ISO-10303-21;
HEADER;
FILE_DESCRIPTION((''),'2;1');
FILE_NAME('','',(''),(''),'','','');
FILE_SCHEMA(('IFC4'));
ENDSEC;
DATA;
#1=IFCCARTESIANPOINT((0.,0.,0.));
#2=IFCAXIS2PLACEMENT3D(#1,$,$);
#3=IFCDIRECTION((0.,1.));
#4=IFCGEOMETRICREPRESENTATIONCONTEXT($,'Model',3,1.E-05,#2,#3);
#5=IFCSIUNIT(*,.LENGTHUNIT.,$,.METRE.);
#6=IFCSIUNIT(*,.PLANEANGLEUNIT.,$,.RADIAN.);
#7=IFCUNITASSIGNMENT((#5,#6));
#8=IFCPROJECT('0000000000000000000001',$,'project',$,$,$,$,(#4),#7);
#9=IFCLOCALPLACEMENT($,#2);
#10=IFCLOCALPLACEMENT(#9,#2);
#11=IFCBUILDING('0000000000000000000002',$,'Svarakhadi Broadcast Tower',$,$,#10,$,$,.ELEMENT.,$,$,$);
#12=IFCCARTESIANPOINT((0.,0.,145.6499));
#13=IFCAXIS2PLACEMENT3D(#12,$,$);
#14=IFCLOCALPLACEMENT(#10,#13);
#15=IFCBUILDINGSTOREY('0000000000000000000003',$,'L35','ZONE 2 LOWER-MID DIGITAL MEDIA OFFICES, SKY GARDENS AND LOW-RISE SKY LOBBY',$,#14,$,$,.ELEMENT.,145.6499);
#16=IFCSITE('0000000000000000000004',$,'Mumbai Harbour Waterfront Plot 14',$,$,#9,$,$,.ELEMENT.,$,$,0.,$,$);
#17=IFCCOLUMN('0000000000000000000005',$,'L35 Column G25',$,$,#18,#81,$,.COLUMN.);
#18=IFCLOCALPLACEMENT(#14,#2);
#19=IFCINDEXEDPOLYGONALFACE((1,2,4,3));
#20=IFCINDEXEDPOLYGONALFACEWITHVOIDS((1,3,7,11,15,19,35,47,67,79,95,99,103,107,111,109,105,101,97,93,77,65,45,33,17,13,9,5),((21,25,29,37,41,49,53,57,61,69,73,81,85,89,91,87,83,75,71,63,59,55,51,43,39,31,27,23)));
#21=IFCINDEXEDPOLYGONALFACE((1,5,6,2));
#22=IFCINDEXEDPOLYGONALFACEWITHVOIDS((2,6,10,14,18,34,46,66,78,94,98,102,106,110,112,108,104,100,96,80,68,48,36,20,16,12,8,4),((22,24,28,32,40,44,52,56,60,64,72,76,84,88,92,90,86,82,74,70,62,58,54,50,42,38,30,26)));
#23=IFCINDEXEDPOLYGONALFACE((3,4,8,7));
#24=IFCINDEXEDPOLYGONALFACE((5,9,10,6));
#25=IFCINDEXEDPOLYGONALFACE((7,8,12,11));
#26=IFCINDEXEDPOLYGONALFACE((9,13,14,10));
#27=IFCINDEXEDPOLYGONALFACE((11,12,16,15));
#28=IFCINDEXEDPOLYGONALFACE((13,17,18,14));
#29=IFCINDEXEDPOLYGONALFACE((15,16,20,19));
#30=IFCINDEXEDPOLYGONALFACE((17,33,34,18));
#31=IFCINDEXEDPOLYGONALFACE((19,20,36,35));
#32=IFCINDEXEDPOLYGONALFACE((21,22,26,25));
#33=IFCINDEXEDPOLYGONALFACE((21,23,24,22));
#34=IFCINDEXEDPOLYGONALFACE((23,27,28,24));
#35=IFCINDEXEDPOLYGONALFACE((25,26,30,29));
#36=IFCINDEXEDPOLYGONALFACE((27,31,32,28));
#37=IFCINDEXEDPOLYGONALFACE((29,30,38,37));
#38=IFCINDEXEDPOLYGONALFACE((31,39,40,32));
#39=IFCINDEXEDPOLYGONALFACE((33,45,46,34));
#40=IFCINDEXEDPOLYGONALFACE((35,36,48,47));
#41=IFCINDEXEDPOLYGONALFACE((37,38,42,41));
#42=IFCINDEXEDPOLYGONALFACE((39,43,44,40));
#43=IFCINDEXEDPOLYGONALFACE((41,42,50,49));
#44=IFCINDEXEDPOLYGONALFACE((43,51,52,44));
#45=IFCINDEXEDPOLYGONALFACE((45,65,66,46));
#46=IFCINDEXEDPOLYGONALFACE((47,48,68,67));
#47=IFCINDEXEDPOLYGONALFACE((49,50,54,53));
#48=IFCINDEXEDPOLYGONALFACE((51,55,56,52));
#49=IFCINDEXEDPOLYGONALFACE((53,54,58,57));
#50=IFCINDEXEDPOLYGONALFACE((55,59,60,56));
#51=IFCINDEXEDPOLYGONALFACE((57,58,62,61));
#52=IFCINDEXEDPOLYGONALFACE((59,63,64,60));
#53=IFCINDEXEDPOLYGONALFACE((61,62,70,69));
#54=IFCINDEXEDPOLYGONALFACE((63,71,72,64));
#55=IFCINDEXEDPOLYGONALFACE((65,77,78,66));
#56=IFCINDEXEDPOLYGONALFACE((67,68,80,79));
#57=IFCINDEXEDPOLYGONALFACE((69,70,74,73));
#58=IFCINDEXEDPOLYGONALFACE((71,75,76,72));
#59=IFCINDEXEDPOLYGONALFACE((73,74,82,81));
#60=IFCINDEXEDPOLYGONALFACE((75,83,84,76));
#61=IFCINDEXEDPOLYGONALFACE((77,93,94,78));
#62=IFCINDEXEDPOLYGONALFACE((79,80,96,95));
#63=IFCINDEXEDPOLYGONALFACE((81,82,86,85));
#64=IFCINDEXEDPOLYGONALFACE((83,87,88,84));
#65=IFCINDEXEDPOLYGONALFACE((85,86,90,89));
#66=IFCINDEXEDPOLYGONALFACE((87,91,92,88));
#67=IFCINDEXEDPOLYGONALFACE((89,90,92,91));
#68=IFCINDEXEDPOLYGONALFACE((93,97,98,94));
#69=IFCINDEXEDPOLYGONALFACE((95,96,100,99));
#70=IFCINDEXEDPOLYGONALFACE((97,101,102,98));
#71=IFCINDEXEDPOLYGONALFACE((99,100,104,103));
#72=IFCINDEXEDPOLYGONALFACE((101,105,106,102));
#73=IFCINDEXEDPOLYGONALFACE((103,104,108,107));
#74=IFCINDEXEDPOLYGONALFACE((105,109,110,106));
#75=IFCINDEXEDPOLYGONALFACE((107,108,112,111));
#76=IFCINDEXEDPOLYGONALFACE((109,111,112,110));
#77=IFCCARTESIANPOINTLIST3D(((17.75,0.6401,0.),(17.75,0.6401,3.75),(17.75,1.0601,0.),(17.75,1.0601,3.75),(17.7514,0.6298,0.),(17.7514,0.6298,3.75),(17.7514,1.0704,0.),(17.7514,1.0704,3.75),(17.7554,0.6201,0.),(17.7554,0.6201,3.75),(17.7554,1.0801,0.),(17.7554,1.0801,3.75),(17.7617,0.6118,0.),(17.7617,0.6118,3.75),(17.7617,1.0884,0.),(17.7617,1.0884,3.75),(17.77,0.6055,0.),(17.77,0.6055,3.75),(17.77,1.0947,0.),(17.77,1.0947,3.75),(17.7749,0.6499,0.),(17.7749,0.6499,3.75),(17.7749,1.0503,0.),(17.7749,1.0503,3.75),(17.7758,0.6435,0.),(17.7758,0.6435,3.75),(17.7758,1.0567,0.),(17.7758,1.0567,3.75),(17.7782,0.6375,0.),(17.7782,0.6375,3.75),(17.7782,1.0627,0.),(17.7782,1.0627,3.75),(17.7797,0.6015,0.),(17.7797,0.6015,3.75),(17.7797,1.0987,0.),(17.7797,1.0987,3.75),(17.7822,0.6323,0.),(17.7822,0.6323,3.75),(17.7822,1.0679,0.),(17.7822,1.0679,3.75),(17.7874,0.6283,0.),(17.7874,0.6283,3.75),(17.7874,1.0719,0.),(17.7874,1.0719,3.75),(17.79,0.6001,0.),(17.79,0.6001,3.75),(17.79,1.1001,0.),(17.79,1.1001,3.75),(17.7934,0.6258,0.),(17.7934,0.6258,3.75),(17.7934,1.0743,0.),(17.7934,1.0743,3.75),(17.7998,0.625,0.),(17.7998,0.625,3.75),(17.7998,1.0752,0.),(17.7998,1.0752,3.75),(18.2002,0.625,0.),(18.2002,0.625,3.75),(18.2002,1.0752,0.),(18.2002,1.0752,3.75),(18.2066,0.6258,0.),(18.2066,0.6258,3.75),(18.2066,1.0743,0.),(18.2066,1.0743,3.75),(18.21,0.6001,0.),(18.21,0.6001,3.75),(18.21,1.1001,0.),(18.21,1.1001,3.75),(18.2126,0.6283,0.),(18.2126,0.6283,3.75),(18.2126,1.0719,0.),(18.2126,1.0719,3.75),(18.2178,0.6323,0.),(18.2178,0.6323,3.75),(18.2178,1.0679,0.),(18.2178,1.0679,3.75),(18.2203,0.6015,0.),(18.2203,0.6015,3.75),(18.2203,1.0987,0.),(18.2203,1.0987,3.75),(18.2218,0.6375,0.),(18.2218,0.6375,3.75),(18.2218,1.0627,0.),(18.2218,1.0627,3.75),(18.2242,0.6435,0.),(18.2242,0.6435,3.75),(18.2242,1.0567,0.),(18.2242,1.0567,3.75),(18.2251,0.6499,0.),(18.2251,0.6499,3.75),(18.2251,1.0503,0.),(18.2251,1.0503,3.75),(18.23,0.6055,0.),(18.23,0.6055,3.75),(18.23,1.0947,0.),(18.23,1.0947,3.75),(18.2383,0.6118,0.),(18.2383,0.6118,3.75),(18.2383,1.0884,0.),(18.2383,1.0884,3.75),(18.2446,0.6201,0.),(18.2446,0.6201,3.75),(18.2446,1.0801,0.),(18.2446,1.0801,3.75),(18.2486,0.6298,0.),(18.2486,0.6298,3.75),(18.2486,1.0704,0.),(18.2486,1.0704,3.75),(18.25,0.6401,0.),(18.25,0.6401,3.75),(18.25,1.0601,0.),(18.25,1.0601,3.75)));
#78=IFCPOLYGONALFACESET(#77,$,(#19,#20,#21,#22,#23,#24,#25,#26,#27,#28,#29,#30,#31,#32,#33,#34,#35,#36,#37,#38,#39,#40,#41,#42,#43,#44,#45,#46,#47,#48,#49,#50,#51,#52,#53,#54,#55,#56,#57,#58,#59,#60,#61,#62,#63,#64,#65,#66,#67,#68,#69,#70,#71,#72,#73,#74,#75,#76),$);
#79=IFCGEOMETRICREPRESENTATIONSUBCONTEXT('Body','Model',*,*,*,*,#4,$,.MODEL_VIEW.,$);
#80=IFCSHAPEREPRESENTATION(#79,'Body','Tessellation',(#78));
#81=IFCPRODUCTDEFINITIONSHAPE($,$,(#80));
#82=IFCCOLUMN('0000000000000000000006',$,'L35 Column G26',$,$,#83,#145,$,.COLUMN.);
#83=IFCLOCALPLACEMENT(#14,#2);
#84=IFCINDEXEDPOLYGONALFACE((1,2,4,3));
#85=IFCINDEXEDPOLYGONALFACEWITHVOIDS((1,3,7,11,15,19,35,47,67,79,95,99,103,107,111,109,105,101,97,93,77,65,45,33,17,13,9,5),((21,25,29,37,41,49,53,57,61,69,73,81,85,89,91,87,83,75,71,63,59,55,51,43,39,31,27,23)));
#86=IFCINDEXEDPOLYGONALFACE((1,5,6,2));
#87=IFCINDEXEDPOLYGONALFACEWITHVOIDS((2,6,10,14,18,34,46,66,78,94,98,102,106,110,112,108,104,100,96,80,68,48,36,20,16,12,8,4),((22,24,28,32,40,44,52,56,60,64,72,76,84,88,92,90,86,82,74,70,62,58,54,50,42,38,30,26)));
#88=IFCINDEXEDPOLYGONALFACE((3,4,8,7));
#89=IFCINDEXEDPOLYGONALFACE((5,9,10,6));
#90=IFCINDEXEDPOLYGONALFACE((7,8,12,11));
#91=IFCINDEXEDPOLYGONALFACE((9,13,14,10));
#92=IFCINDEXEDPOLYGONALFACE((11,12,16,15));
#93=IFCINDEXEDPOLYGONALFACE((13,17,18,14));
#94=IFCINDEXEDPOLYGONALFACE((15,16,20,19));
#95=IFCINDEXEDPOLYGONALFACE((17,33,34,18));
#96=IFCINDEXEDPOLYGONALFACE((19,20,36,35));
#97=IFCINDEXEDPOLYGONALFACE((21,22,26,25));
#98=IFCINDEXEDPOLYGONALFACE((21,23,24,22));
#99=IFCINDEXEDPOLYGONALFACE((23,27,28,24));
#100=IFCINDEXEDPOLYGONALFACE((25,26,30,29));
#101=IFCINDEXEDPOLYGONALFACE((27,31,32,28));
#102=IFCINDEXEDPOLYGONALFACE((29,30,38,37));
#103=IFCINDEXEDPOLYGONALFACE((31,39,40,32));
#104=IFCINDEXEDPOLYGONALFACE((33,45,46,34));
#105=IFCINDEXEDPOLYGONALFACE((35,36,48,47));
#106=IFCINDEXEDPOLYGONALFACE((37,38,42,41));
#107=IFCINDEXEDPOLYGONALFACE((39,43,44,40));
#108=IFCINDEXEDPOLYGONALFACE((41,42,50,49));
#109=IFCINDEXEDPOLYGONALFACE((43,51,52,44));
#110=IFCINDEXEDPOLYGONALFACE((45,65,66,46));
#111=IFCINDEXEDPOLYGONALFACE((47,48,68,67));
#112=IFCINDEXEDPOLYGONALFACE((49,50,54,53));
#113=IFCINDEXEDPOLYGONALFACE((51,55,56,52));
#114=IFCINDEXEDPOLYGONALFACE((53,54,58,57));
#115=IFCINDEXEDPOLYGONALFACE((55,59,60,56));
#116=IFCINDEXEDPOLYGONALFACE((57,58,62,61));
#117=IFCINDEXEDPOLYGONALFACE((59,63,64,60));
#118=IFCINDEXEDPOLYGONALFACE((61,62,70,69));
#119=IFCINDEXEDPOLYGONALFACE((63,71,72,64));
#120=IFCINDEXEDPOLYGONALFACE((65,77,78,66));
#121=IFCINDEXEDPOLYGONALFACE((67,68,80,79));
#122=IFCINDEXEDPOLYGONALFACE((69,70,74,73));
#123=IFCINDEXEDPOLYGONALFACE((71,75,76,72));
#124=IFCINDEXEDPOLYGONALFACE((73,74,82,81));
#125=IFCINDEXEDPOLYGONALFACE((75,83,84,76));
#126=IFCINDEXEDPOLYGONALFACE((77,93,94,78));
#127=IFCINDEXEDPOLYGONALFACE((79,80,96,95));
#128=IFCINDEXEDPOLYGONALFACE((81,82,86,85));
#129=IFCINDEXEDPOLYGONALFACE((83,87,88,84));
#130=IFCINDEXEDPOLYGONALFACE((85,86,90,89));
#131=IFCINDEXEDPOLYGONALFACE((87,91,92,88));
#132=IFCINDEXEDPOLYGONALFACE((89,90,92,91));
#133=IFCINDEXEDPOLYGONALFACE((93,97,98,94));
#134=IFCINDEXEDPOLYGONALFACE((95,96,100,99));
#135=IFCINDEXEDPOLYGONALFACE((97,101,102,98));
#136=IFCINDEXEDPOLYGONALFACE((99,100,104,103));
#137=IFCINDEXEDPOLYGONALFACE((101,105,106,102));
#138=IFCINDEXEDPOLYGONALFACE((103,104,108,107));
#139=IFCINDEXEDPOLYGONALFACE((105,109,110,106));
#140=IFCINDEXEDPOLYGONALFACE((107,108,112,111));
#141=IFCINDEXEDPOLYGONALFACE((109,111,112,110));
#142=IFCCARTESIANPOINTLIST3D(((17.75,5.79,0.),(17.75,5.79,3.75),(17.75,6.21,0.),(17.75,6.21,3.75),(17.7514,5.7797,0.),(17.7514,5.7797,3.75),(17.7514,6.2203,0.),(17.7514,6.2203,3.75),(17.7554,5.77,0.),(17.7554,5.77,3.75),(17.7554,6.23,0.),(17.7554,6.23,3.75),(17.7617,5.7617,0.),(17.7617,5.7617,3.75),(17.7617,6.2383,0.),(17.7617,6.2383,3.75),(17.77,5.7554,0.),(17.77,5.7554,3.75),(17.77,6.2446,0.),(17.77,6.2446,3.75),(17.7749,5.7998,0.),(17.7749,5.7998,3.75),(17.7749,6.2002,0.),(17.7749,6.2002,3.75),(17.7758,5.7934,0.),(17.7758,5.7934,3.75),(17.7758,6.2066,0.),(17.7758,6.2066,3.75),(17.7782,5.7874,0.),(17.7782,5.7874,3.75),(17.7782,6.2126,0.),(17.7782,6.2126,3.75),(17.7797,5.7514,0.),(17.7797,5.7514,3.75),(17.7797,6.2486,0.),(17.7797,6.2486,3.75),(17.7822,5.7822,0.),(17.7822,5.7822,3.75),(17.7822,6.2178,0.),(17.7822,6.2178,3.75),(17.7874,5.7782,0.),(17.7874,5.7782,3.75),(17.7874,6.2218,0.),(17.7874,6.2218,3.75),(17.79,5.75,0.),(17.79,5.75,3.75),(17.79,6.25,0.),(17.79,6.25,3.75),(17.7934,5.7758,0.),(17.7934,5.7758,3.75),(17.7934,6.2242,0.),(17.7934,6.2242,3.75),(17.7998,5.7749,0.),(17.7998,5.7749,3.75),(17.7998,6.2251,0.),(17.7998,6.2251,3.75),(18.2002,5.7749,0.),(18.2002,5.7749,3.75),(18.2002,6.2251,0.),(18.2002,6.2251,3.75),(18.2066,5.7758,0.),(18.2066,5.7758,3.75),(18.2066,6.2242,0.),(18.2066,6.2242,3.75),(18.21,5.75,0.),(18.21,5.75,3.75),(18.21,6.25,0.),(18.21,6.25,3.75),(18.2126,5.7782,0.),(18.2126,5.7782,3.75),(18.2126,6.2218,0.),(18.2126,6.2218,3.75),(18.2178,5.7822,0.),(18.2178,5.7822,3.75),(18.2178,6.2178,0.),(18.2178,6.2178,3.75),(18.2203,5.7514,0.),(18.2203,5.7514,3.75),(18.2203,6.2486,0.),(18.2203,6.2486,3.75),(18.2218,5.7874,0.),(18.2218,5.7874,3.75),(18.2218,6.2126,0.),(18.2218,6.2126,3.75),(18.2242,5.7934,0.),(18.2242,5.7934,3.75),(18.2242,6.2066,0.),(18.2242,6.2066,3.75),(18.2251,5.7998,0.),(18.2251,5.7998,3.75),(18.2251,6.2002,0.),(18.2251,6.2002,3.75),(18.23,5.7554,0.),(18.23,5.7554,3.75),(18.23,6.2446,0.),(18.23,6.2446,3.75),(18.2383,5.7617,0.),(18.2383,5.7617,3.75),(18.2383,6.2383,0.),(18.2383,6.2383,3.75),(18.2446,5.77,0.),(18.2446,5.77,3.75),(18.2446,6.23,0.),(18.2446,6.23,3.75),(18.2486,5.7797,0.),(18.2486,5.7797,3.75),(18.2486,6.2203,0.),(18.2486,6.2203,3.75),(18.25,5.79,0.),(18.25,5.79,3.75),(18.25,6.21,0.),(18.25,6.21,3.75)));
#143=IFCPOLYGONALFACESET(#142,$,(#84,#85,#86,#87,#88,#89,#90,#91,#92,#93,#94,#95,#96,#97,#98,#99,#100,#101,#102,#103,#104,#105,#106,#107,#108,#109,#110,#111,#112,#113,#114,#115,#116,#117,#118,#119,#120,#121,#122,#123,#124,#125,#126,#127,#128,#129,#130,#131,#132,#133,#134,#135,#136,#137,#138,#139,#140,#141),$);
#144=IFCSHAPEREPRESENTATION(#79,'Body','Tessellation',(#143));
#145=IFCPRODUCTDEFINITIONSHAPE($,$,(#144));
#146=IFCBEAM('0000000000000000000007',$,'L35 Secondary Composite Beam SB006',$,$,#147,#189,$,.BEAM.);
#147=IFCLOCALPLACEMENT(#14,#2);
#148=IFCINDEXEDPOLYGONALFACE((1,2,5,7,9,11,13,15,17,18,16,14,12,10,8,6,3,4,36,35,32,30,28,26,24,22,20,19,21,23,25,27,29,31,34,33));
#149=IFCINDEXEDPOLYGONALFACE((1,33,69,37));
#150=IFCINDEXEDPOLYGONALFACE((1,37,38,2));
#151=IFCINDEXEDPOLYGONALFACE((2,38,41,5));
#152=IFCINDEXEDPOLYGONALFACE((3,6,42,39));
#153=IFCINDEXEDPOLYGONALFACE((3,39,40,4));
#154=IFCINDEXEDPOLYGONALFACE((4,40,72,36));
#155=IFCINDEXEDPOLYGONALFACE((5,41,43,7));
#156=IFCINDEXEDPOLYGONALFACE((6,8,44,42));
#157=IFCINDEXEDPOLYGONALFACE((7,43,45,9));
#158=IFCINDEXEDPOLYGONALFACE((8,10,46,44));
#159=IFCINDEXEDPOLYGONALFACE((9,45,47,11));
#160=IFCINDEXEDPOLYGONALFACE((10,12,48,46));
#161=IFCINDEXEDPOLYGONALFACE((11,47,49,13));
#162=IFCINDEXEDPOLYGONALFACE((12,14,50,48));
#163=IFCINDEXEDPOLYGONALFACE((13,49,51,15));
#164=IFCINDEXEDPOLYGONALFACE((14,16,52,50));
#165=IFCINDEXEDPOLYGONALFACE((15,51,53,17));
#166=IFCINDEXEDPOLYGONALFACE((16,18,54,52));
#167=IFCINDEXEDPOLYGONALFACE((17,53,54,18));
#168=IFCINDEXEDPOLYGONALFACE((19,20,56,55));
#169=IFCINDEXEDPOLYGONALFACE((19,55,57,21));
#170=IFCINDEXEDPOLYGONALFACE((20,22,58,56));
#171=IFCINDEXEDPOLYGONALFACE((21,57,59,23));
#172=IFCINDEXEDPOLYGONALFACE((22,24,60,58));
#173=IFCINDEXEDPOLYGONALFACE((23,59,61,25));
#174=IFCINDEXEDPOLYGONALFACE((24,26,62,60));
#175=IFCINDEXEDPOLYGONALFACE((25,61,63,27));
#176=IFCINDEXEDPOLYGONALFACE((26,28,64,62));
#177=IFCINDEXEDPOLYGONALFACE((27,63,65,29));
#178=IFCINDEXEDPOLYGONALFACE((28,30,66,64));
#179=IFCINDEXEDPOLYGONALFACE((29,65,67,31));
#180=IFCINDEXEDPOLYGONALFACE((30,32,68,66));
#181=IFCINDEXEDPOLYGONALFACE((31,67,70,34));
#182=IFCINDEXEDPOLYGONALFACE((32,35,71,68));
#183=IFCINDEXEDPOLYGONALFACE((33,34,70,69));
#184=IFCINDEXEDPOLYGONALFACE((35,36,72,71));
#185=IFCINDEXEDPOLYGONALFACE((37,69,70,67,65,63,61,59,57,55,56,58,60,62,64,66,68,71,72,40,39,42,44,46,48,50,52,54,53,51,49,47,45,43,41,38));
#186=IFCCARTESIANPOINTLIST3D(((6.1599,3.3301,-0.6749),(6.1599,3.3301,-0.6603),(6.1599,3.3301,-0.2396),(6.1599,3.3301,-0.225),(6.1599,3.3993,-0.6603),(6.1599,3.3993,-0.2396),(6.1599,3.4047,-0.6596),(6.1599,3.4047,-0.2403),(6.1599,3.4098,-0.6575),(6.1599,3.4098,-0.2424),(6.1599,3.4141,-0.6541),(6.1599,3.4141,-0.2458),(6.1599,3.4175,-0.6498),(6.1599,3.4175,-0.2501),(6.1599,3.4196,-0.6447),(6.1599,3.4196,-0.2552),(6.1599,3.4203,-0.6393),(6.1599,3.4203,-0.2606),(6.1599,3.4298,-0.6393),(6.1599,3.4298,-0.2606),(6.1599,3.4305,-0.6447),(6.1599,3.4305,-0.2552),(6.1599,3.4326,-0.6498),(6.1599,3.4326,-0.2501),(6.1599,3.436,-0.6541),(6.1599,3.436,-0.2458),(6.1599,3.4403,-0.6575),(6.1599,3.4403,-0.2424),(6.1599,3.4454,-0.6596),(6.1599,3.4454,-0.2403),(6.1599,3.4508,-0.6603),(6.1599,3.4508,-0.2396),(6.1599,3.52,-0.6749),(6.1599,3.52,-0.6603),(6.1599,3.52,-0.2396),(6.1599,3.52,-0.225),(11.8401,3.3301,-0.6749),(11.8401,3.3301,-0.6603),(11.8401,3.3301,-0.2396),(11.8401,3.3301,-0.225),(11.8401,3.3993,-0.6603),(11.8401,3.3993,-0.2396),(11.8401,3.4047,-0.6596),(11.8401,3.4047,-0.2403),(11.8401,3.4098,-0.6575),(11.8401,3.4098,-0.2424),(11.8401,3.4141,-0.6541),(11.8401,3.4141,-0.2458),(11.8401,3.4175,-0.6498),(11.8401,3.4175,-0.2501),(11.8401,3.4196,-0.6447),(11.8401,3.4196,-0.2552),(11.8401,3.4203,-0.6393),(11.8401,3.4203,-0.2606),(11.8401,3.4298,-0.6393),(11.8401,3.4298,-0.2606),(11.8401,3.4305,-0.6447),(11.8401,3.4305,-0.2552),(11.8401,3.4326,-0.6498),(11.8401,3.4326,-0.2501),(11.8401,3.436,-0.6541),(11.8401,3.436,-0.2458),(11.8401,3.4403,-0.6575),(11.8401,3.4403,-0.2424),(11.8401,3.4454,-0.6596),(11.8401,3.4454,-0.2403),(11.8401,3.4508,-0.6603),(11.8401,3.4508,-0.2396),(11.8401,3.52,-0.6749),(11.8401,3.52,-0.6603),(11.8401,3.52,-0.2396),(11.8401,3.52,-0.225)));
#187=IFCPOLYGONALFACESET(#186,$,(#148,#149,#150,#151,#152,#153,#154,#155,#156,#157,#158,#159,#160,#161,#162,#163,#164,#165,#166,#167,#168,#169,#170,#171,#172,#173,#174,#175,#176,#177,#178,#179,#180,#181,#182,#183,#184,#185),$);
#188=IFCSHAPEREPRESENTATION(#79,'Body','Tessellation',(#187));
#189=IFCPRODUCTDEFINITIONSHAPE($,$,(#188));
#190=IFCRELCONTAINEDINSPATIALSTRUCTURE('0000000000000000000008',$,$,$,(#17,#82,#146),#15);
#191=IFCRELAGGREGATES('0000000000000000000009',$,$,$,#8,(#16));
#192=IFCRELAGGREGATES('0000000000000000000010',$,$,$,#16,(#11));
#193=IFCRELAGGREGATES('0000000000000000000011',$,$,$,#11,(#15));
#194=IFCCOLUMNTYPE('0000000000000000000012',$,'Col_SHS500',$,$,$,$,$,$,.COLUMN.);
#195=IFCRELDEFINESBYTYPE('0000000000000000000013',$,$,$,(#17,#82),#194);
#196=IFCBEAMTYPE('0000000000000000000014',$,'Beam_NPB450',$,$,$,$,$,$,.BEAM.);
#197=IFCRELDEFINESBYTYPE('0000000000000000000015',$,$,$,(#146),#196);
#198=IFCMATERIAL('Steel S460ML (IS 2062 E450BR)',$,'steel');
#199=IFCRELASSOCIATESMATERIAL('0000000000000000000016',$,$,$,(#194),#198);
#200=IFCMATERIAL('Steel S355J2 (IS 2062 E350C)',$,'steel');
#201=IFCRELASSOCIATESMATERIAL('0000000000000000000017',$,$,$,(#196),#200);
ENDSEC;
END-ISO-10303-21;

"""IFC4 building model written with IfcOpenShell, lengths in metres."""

from ifc_helpers import new_model, si_unit, direction, frame, origin, origin_2d, place, context, subcontext, project, spatial, hollow_rectangle, i_section, extrude, material, material_profile, profile_set, type_object, element, save


model = new_model("IFC4")

# Units and contexts
model_context = context("Model", 3, precision=1e-05, world=origin(), true_north=direction((0.0, 1.0)))
body_context = subcontext(model_context, "Body", "Model", "MODEL_VIEW")
ifc_project = project(units=[si_unit("LENGTHUNIT", "METRE"), si_unit("PLANEANGLEUNIT", "RADIAN")], contexts=[model_context])

# Site, building, storey
site_placement = place(None, origin())
site = spatial("IfcSite", under=ifc_project, at=site_placement, Name="Mumbai Harbour Waterfront Plot 14", CompositionType="ELEMENT", RefElevation=0.0)
building_placement = place(site_placement, origin())
building = spatial("IfcBuilding", under=site, at=building_placement, Name="Svarakhadi Broadcast Tower", CompositionType="ELEMENT")
storey_placement = place(building_placement, frame((0.0, 0.0, 145.6499)))
storey = spatial("IfcBuildingStorey", under=building, at=storey_placement, Name="L35", Description="ZONE 2 LOWER-MID DIGITAL MEDIA OFFICES, SKY GARDENS AND LOW-RISE SKY LOBBY", CompositionType="ELEMENT", Elevation=145.6499)

# Columns
ifc_material_1 = material(Name="Steel S460ML (IS 2062 E450BR)", Category="steel")
ifc_material_profile_1 = material_profile(ifc_material_1, hollow_rectangle(XDim=0.5, YDim=0.5, WallThickness=0.0249, InnerFilletRadius=0.0249, OuterFilletRadius=0.04, at=origin_2d()), Name="SHS 500x500x25")
ifc_profile_set_1 = profile_set([ifc_material_profile_1], Name="Steel S460ML (IS 2062 E450BR)")
column_type_1 = type_object("IfcColumnType", Name="Col_SHS500", PredefinedType="COLUMN", material=ifc_profile_set_1)
for number, where, z_axis, x_axis, name in (
    (1, (18.0, 0.8501, 0.0), (0.0, 0.0, 1.0), (1.0, 0.0, 0.0), "L35 Column G25"),
    (2, (18.0, 6.0, 0.0), (0.0, 0.0, 1.0), (1.0, 0.0, 0.0), "L35 Column G26"),
):
    element("IfcColumn", number, at=place(storey_placement, frame(where, z_axis=z_axis, x_axis=x_axis)), inside=storey, type_object=column_type_1, Name=name, PredefinedType="COLUMN", context=body_context, shape_type="SweptSolid", body=[
        extrude(hollow_rectangle(XDim=0.5, YDim=0.5, WallThickness=0.0249, InnerFilletRadius=0.0249, OuterFilletRadius=0.04, at=origin_2d()), origin(), (0.0, 0.0, 1.0), 3.75),
    ])

# Beam
ifc_material_2 = material(Name="Steel S355J2 (IS 2062 E350C)", Category="steel")
ifc_material_profile_2 = material_profile(ifc_material_2, i_section(OverallWidth=0.1899, OverallDepth=0.45, WebThickness=0.0095, FlangeThickness=0.0146, FilletRadius=0.021, at=origin_2d()), Name="NPB 450x190x78")
ifc_profile_set_2 = profile_set([ifc_material_profile_2], Name="Steel S355J2 (IS 2062 E350C)")
beam_type_1 = type_object("IfcBeamType", Name="Beam_NPB450", PredefinedType="BEAM", material=ifc_profile_set_2)
for number, where, z_axis, x_axis, name in (
    (3, (6.1599, 3.425, -0.45), (1.0, 0.0, 0.0), (0.0, 1.0, 0.0), "L35 Secondary Composite Beam SB006"),
):
    element("IfcBeam", number, at=place(storey_placement, frame(where, z_axis=z_axis, x_axis=x_axis)), inside=storey, type_object=beam_type_1, Name=name, PredefinedType="BEAM", context=body_context, shape_type="SweptSolid", body=[
        extrude(i_section(OverallWidth=0.1899, OverallDepth=0.45, WebThickness=0.0095, FlangeThickness=0.0146, FilletRadius=0.021, at=origin_2d()), origin(), (0.0, 0.0, 1.0), 5.6802),
    ])

save(model, "model.ifc")
